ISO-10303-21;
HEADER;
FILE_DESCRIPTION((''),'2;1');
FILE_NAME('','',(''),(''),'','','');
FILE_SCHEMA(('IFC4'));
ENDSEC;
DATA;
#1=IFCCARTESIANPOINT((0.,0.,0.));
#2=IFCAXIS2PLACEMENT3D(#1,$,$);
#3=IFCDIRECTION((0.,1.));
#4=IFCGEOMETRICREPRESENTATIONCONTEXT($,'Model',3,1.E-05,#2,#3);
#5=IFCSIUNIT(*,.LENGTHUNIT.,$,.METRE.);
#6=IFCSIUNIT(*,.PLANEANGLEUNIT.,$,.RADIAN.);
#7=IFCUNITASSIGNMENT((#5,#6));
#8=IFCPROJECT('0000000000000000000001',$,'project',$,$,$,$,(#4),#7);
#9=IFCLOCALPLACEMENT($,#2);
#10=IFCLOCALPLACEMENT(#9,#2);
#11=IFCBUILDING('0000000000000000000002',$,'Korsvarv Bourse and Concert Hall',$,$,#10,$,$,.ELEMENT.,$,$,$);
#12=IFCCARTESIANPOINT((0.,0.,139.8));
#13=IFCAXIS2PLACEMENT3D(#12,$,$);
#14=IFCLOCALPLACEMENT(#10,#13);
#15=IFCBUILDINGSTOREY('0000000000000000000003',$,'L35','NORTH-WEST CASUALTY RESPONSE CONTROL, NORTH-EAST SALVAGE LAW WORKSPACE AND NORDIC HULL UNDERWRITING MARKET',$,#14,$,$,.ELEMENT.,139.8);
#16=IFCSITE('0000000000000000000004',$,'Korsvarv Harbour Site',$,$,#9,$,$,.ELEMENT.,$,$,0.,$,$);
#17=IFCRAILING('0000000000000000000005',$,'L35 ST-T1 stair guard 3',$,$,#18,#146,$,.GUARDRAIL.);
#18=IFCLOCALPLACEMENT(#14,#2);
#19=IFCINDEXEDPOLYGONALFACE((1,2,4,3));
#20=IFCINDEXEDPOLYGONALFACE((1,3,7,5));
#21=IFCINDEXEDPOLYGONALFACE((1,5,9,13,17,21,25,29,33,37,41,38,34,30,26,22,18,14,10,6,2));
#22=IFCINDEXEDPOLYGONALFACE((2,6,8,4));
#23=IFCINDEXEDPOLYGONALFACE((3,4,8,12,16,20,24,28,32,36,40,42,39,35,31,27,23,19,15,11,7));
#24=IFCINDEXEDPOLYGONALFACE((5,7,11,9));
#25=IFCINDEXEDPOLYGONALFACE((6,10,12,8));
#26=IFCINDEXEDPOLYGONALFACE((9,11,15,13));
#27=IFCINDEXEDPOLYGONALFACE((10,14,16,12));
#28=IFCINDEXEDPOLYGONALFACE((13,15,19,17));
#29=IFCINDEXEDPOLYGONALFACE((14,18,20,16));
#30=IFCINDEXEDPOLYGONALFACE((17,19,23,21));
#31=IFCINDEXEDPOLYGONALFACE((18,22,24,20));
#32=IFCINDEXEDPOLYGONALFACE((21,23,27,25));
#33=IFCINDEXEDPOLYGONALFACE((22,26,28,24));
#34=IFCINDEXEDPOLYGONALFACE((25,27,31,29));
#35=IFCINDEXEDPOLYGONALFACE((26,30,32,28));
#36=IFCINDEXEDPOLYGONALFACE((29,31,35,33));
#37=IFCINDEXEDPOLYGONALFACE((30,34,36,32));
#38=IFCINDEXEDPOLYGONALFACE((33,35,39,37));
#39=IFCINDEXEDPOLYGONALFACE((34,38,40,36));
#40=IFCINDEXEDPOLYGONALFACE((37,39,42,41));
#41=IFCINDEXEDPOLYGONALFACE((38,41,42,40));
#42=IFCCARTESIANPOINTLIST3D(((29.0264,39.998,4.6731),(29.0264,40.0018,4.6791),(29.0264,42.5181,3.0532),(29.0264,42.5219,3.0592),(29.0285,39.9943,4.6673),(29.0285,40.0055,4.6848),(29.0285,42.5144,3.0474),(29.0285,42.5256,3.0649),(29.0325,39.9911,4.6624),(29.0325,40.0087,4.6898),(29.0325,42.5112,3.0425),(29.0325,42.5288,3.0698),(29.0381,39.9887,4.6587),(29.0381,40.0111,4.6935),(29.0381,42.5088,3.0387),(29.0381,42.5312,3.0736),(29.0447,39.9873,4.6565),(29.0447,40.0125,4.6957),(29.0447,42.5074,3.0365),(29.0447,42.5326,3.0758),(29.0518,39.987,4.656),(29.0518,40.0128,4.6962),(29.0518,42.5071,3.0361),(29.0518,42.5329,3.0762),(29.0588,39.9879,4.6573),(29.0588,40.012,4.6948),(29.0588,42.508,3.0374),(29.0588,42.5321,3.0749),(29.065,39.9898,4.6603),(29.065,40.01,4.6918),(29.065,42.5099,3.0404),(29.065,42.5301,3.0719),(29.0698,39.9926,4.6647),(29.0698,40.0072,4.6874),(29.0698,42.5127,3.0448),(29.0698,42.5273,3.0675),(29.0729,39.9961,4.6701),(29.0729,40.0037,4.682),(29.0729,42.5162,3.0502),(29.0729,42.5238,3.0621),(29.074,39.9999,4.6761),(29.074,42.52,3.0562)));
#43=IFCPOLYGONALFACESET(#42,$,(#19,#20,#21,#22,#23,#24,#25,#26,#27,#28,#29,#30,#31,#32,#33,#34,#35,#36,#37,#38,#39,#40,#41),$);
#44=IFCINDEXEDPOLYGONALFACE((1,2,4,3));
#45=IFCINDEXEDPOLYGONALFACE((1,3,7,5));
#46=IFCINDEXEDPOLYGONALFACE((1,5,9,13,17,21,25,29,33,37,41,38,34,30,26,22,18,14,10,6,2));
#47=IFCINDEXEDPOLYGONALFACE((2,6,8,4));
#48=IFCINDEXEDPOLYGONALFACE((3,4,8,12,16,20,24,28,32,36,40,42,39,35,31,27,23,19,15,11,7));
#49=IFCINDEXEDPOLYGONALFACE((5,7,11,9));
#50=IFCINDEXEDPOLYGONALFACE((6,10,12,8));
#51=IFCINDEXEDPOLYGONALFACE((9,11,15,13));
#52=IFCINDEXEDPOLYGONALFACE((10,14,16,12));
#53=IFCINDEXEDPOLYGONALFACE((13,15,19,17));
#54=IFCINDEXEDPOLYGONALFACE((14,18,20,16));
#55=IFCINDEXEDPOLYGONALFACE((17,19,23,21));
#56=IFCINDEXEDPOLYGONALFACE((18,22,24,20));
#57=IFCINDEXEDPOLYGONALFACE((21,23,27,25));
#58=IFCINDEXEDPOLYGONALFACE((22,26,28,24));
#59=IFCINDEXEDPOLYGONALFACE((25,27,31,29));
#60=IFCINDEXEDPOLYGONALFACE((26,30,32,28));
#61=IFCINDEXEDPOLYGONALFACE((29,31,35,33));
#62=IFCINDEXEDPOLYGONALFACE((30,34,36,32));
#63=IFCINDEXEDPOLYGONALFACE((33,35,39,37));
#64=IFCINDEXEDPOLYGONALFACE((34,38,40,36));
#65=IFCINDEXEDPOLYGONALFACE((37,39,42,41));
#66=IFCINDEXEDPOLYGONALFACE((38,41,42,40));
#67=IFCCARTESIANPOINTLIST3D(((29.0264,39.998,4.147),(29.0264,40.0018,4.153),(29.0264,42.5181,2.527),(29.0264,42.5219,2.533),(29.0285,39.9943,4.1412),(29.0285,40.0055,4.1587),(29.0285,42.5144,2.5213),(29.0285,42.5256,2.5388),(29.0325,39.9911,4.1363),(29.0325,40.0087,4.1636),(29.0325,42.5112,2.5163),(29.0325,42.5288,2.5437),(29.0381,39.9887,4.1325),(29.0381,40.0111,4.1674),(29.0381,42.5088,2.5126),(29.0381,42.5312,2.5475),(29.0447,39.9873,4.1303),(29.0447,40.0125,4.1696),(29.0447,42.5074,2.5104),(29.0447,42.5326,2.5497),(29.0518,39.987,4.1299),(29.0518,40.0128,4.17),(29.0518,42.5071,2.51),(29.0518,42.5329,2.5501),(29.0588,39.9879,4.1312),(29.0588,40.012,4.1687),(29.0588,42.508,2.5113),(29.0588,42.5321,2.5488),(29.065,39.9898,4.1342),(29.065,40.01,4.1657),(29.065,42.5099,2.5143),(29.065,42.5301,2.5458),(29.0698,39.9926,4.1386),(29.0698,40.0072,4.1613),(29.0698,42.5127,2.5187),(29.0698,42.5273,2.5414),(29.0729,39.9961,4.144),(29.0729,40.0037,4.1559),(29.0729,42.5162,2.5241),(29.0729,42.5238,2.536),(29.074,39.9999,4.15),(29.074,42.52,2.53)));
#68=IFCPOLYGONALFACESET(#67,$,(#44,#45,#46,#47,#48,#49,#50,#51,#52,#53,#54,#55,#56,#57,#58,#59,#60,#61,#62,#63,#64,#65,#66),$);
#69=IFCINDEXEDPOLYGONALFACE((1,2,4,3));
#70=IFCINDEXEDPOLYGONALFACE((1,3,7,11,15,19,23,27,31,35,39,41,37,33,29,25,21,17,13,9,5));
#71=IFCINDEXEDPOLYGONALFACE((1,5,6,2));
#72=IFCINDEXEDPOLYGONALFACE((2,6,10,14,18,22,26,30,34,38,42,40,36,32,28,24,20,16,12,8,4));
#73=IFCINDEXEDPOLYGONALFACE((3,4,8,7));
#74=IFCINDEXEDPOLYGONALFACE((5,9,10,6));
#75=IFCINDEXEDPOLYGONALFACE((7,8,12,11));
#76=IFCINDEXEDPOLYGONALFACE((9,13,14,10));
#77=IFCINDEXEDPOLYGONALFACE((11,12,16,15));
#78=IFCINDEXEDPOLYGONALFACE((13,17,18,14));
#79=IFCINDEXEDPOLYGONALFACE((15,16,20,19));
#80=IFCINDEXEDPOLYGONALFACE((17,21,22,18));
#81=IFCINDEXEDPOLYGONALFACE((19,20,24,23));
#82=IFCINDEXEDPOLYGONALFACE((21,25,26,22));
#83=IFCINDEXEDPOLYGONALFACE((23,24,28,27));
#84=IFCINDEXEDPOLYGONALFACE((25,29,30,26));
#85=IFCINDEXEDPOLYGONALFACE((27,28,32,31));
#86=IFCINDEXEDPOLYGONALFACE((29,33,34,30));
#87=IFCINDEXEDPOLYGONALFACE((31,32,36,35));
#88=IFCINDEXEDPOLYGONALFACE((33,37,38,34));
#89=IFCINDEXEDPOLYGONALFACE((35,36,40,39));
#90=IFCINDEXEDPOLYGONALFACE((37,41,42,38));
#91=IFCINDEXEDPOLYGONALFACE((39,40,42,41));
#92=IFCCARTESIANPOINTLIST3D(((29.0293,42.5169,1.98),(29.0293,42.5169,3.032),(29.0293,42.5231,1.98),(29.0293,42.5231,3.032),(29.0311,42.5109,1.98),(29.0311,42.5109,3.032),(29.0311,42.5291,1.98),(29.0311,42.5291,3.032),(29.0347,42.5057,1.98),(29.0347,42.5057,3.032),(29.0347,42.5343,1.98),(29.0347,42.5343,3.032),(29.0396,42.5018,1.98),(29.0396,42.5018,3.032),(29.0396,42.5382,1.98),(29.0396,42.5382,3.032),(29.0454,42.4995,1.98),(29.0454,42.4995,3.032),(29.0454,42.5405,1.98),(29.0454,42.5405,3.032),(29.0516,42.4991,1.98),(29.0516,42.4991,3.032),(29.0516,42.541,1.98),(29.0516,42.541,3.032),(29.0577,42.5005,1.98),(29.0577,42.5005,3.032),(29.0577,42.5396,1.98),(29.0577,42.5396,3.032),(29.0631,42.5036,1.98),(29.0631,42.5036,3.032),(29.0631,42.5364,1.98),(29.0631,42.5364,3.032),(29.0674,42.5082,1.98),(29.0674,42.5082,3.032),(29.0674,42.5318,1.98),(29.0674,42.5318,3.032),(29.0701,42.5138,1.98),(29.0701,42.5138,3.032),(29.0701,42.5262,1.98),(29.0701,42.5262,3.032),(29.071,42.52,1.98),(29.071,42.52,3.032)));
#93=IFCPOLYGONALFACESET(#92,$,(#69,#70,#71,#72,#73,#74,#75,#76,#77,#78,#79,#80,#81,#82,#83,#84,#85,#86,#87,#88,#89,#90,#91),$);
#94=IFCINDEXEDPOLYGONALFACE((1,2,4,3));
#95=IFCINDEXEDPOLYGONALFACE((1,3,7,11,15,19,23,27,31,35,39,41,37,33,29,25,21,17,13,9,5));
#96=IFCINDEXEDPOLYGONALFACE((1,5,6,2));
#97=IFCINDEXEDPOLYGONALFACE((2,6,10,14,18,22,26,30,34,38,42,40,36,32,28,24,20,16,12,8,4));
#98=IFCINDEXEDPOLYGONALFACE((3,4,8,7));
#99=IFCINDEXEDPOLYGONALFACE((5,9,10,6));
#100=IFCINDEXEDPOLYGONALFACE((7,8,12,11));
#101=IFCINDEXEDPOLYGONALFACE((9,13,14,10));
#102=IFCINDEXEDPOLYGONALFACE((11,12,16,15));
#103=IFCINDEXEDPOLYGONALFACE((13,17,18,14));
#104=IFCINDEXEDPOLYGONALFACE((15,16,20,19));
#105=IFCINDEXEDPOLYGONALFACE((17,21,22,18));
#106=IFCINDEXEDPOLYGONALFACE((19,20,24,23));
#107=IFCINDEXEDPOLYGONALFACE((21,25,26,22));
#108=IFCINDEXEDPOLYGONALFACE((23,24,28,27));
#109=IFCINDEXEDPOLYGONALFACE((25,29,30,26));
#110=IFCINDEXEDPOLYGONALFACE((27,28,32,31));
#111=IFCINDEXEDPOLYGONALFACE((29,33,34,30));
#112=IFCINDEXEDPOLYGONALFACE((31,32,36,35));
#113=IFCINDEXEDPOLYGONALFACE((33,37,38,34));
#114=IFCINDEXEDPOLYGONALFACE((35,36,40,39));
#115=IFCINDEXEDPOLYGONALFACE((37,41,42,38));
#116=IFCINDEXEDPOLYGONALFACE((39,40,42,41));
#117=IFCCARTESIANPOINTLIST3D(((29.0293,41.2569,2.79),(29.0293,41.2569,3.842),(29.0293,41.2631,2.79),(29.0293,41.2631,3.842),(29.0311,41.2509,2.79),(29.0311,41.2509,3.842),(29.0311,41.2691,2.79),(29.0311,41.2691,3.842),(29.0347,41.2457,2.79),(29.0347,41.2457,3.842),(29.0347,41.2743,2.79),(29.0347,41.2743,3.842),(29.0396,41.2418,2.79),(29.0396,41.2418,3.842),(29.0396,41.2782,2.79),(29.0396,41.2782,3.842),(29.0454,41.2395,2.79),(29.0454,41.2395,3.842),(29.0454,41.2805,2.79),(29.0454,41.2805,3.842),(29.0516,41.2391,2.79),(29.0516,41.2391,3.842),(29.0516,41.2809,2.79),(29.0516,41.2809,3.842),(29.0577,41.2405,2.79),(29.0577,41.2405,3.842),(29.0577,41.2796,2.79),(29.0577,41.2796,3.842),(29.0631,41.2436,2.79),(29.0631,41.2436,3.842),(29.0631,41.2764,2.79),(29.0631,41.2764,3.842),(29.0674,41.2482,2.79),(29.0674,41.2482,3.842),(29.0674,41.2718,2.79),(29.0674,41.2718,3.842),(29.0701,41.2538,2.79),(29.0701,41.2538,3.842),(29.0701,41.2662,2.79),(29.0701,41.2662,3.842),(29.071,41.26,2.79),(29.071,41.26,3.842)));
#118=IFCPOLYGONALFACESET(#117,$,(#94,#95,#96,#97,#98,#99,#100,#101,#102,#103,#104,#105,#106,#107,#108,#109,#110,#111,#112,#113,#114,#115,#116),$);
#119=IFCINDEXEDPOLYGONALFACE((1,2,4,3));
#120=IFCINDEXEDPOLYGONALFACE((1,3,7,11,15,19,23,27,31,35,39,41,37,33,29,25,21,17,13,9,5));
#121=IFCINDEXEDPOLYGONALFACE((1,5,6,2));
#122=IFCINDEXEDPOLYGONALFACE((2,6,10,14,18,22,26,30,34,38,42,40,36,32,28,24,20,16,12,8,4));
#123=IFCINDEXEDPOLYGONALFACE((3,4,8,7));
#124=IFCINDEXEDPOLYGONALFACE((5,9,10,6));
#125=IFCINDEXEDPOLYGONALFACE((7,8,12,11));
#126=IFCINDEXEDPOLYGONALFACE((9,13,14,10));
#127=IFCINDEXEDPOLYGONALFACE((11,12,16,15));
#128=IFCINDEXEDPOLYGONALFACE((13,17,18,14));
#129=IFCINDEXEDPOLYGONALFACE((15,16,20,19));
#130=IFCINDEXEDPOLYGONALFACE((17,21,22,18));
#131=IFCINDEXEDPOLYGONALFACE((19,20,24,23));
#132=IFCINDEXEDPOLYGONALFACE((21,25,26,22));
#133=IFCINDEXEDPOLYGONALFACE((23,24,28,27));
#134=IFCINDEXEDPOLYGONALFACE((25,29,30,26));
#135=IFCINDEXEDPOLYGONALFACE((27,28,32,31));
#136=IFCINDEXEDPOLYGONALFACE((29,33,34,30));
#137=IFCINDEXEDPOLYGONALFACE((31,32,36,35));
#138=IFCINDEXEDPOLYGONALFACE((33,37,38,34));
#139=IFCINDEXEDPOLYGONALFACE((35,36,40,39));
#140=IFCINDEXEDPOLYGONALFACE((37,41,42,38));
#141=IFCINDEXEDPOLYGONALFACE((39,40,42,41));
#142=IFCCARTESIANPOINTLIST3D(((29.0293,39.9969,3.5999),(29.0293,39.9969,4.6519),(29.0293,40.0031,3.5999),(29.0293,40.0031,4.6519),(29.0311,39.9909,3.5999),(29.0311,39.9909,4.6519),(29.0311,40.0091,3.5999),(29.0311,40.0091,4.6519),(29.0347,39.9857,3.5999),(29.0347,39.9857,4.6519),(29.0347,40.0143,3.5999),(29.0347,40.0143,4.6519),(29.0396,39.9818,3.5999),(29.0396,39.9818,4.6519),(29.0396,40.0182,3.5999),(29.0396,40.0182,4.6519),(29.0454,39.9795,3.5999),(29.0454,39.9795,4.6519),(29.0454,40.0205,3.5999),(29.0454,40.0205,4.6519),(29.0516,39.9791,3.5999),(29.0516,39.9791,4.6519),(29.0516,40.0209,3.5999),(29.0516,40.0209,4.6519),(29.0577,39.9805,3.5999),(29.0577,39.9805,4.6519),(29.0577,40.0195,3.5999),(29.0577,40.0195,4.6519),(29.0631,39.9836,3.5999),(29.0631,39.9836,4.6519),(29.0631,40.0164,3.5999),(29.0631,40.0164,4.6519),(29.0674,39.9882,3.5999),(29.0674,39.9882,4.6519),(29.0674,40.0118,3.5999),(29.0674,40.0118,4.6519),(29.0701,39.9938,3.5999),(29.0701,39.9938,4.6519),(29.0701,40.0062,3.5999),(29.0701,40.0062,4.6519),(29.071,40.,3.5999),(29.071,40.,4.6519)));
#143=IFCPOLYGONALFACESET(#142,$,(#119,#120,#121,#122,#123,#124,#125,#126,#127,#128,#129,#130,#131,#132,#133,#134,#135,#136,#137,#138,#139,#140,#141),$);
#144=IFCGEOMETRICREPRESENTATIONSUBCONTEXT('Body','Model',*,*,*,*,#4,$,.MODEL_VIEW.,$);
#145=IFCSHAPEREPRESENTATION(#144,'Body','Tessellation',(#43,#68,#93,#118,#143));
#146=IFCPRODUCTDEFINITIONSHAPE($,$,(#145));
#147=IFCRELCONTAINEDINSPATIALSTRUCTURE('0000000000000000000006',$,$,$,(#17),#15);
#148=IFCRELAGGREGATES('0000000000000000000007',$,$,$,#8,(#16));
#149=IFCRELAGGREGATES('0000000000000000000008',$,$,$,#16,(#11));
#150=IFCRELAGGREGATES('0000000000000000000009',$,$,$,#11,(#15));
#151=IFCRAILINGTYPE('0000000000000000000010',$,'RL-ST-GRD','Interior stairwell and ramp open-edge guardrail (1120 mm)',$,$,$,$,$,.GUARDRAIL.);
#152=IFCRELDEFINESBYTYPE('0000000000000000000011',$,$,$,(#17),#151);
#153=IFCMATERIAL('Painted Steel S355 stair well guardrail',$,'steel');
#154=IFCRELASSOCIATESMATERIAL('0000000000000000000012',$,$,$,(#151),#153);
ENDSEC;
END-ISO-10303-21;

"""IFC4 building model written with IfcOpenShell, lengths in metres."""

from ifc_helpers import new_model, si_unit, direction, frame, origin, origin_2d, place, context, subcontext, project, spatial, circle, extrude, material, type_object, element, save


model = new_model("IFC4")

# Units and contexts
model_context = context("Model", 3, precision=1e-05, world=origin(), true_north=direction((0.0, 1.0)))
body_context = subcontext(model_context, "Body", "Model", "MODEL_VIEW")
ifc_project = project(units=[si_unit("LENGTHUNIT", "METRE"), si_unit("PLANEANGLEUNIT", "RADIAN")], contexts=[model_context])

# Site, building, storey
site_placement = place(None, origin())
site = spatial("IfcSite", under=ifc_project, at=site_placement, Name="Korsvarv Harbour Site", CompositionType="ELEMENT", RefElevation=0.0)
building_placement = place(site_placement, origin())
building = spatial("IfcBuilding", under=site, at=building_placement, Name="Korsvarv Bourse and Concert Hall", CompositionType="ELEMENT")
storey_placement = place(building_placement, frame((0.0, 0.0, 139.8)))
storey = spatial("IfcBuildingStorey", under=building, at=storey_placement, Name="L35", Description="NORTH-WEST CASUALTY RESPONSE CONTROL, NORTH-EAST SALVAGE LAW WORKSPACE AND NORDIC HULL UNDERWRITING MARKET", CompositionType="ELEMENT", Elevation=139.8)

# Railing
ifc_material_1 = material(Name="Painted Steel S355 stair well guardrail", Category="steel")
railing_type = type_object("IfcRailingType", Name="RL-ST-GRD", Description="Interior stairwell and ramp open-edge guardrail (1120 mm)", PredefinedType="GUARDRAIL", material=ifc_material_1)
railing_1_placement = place(storey_placement, frame((29.05, 42.52, 1.98)))
element("IfcRailing", 1, at=railing_1_placement, inside=storey, type_object=railing_type, Name="L35 ST-T1 stair guard 3", PredefinedType="GUARDRAIL", context=body_context, shape_type="SweptSolid", body=[
    extrude(circle(Radius=0.0239, at=origin_2d()), frame((0.0, 0.0, 1.0762), z_axis=(0.0, -0.8412, 0.540725), x_axis=(1.0, 0.0, 0.0)), (0.0, 0.0, 1.0), 2.9958),
    extrude(circle(Radius=0.0239, at=origin_2d()), frame((0.0, 0.0, 0.55), z_axis=(0.0, -0.8412, 0.540725), x_axis=(1.0, 0.0, 0.0)), (0.0, 0.0, 1.0), 2.9958),
    extrude(circle(Radius=0.021, at=origin_2d()), origin(), (0.0, 0.0, 1.0), 1.052),
    extrude(circle(Radius=0.021, at=origin_2d()), frame((0.0, -1.26, 0.8101)), (0.0, 0.0, 1.0), 1.052),
    extrude(circle(Radius=0.021, at=origin_2d()), frame((0.0, -2.52, 1.6199)), (0.0, 0.0, 1.0), 1.052),
])

save(model, "model.ifc")
